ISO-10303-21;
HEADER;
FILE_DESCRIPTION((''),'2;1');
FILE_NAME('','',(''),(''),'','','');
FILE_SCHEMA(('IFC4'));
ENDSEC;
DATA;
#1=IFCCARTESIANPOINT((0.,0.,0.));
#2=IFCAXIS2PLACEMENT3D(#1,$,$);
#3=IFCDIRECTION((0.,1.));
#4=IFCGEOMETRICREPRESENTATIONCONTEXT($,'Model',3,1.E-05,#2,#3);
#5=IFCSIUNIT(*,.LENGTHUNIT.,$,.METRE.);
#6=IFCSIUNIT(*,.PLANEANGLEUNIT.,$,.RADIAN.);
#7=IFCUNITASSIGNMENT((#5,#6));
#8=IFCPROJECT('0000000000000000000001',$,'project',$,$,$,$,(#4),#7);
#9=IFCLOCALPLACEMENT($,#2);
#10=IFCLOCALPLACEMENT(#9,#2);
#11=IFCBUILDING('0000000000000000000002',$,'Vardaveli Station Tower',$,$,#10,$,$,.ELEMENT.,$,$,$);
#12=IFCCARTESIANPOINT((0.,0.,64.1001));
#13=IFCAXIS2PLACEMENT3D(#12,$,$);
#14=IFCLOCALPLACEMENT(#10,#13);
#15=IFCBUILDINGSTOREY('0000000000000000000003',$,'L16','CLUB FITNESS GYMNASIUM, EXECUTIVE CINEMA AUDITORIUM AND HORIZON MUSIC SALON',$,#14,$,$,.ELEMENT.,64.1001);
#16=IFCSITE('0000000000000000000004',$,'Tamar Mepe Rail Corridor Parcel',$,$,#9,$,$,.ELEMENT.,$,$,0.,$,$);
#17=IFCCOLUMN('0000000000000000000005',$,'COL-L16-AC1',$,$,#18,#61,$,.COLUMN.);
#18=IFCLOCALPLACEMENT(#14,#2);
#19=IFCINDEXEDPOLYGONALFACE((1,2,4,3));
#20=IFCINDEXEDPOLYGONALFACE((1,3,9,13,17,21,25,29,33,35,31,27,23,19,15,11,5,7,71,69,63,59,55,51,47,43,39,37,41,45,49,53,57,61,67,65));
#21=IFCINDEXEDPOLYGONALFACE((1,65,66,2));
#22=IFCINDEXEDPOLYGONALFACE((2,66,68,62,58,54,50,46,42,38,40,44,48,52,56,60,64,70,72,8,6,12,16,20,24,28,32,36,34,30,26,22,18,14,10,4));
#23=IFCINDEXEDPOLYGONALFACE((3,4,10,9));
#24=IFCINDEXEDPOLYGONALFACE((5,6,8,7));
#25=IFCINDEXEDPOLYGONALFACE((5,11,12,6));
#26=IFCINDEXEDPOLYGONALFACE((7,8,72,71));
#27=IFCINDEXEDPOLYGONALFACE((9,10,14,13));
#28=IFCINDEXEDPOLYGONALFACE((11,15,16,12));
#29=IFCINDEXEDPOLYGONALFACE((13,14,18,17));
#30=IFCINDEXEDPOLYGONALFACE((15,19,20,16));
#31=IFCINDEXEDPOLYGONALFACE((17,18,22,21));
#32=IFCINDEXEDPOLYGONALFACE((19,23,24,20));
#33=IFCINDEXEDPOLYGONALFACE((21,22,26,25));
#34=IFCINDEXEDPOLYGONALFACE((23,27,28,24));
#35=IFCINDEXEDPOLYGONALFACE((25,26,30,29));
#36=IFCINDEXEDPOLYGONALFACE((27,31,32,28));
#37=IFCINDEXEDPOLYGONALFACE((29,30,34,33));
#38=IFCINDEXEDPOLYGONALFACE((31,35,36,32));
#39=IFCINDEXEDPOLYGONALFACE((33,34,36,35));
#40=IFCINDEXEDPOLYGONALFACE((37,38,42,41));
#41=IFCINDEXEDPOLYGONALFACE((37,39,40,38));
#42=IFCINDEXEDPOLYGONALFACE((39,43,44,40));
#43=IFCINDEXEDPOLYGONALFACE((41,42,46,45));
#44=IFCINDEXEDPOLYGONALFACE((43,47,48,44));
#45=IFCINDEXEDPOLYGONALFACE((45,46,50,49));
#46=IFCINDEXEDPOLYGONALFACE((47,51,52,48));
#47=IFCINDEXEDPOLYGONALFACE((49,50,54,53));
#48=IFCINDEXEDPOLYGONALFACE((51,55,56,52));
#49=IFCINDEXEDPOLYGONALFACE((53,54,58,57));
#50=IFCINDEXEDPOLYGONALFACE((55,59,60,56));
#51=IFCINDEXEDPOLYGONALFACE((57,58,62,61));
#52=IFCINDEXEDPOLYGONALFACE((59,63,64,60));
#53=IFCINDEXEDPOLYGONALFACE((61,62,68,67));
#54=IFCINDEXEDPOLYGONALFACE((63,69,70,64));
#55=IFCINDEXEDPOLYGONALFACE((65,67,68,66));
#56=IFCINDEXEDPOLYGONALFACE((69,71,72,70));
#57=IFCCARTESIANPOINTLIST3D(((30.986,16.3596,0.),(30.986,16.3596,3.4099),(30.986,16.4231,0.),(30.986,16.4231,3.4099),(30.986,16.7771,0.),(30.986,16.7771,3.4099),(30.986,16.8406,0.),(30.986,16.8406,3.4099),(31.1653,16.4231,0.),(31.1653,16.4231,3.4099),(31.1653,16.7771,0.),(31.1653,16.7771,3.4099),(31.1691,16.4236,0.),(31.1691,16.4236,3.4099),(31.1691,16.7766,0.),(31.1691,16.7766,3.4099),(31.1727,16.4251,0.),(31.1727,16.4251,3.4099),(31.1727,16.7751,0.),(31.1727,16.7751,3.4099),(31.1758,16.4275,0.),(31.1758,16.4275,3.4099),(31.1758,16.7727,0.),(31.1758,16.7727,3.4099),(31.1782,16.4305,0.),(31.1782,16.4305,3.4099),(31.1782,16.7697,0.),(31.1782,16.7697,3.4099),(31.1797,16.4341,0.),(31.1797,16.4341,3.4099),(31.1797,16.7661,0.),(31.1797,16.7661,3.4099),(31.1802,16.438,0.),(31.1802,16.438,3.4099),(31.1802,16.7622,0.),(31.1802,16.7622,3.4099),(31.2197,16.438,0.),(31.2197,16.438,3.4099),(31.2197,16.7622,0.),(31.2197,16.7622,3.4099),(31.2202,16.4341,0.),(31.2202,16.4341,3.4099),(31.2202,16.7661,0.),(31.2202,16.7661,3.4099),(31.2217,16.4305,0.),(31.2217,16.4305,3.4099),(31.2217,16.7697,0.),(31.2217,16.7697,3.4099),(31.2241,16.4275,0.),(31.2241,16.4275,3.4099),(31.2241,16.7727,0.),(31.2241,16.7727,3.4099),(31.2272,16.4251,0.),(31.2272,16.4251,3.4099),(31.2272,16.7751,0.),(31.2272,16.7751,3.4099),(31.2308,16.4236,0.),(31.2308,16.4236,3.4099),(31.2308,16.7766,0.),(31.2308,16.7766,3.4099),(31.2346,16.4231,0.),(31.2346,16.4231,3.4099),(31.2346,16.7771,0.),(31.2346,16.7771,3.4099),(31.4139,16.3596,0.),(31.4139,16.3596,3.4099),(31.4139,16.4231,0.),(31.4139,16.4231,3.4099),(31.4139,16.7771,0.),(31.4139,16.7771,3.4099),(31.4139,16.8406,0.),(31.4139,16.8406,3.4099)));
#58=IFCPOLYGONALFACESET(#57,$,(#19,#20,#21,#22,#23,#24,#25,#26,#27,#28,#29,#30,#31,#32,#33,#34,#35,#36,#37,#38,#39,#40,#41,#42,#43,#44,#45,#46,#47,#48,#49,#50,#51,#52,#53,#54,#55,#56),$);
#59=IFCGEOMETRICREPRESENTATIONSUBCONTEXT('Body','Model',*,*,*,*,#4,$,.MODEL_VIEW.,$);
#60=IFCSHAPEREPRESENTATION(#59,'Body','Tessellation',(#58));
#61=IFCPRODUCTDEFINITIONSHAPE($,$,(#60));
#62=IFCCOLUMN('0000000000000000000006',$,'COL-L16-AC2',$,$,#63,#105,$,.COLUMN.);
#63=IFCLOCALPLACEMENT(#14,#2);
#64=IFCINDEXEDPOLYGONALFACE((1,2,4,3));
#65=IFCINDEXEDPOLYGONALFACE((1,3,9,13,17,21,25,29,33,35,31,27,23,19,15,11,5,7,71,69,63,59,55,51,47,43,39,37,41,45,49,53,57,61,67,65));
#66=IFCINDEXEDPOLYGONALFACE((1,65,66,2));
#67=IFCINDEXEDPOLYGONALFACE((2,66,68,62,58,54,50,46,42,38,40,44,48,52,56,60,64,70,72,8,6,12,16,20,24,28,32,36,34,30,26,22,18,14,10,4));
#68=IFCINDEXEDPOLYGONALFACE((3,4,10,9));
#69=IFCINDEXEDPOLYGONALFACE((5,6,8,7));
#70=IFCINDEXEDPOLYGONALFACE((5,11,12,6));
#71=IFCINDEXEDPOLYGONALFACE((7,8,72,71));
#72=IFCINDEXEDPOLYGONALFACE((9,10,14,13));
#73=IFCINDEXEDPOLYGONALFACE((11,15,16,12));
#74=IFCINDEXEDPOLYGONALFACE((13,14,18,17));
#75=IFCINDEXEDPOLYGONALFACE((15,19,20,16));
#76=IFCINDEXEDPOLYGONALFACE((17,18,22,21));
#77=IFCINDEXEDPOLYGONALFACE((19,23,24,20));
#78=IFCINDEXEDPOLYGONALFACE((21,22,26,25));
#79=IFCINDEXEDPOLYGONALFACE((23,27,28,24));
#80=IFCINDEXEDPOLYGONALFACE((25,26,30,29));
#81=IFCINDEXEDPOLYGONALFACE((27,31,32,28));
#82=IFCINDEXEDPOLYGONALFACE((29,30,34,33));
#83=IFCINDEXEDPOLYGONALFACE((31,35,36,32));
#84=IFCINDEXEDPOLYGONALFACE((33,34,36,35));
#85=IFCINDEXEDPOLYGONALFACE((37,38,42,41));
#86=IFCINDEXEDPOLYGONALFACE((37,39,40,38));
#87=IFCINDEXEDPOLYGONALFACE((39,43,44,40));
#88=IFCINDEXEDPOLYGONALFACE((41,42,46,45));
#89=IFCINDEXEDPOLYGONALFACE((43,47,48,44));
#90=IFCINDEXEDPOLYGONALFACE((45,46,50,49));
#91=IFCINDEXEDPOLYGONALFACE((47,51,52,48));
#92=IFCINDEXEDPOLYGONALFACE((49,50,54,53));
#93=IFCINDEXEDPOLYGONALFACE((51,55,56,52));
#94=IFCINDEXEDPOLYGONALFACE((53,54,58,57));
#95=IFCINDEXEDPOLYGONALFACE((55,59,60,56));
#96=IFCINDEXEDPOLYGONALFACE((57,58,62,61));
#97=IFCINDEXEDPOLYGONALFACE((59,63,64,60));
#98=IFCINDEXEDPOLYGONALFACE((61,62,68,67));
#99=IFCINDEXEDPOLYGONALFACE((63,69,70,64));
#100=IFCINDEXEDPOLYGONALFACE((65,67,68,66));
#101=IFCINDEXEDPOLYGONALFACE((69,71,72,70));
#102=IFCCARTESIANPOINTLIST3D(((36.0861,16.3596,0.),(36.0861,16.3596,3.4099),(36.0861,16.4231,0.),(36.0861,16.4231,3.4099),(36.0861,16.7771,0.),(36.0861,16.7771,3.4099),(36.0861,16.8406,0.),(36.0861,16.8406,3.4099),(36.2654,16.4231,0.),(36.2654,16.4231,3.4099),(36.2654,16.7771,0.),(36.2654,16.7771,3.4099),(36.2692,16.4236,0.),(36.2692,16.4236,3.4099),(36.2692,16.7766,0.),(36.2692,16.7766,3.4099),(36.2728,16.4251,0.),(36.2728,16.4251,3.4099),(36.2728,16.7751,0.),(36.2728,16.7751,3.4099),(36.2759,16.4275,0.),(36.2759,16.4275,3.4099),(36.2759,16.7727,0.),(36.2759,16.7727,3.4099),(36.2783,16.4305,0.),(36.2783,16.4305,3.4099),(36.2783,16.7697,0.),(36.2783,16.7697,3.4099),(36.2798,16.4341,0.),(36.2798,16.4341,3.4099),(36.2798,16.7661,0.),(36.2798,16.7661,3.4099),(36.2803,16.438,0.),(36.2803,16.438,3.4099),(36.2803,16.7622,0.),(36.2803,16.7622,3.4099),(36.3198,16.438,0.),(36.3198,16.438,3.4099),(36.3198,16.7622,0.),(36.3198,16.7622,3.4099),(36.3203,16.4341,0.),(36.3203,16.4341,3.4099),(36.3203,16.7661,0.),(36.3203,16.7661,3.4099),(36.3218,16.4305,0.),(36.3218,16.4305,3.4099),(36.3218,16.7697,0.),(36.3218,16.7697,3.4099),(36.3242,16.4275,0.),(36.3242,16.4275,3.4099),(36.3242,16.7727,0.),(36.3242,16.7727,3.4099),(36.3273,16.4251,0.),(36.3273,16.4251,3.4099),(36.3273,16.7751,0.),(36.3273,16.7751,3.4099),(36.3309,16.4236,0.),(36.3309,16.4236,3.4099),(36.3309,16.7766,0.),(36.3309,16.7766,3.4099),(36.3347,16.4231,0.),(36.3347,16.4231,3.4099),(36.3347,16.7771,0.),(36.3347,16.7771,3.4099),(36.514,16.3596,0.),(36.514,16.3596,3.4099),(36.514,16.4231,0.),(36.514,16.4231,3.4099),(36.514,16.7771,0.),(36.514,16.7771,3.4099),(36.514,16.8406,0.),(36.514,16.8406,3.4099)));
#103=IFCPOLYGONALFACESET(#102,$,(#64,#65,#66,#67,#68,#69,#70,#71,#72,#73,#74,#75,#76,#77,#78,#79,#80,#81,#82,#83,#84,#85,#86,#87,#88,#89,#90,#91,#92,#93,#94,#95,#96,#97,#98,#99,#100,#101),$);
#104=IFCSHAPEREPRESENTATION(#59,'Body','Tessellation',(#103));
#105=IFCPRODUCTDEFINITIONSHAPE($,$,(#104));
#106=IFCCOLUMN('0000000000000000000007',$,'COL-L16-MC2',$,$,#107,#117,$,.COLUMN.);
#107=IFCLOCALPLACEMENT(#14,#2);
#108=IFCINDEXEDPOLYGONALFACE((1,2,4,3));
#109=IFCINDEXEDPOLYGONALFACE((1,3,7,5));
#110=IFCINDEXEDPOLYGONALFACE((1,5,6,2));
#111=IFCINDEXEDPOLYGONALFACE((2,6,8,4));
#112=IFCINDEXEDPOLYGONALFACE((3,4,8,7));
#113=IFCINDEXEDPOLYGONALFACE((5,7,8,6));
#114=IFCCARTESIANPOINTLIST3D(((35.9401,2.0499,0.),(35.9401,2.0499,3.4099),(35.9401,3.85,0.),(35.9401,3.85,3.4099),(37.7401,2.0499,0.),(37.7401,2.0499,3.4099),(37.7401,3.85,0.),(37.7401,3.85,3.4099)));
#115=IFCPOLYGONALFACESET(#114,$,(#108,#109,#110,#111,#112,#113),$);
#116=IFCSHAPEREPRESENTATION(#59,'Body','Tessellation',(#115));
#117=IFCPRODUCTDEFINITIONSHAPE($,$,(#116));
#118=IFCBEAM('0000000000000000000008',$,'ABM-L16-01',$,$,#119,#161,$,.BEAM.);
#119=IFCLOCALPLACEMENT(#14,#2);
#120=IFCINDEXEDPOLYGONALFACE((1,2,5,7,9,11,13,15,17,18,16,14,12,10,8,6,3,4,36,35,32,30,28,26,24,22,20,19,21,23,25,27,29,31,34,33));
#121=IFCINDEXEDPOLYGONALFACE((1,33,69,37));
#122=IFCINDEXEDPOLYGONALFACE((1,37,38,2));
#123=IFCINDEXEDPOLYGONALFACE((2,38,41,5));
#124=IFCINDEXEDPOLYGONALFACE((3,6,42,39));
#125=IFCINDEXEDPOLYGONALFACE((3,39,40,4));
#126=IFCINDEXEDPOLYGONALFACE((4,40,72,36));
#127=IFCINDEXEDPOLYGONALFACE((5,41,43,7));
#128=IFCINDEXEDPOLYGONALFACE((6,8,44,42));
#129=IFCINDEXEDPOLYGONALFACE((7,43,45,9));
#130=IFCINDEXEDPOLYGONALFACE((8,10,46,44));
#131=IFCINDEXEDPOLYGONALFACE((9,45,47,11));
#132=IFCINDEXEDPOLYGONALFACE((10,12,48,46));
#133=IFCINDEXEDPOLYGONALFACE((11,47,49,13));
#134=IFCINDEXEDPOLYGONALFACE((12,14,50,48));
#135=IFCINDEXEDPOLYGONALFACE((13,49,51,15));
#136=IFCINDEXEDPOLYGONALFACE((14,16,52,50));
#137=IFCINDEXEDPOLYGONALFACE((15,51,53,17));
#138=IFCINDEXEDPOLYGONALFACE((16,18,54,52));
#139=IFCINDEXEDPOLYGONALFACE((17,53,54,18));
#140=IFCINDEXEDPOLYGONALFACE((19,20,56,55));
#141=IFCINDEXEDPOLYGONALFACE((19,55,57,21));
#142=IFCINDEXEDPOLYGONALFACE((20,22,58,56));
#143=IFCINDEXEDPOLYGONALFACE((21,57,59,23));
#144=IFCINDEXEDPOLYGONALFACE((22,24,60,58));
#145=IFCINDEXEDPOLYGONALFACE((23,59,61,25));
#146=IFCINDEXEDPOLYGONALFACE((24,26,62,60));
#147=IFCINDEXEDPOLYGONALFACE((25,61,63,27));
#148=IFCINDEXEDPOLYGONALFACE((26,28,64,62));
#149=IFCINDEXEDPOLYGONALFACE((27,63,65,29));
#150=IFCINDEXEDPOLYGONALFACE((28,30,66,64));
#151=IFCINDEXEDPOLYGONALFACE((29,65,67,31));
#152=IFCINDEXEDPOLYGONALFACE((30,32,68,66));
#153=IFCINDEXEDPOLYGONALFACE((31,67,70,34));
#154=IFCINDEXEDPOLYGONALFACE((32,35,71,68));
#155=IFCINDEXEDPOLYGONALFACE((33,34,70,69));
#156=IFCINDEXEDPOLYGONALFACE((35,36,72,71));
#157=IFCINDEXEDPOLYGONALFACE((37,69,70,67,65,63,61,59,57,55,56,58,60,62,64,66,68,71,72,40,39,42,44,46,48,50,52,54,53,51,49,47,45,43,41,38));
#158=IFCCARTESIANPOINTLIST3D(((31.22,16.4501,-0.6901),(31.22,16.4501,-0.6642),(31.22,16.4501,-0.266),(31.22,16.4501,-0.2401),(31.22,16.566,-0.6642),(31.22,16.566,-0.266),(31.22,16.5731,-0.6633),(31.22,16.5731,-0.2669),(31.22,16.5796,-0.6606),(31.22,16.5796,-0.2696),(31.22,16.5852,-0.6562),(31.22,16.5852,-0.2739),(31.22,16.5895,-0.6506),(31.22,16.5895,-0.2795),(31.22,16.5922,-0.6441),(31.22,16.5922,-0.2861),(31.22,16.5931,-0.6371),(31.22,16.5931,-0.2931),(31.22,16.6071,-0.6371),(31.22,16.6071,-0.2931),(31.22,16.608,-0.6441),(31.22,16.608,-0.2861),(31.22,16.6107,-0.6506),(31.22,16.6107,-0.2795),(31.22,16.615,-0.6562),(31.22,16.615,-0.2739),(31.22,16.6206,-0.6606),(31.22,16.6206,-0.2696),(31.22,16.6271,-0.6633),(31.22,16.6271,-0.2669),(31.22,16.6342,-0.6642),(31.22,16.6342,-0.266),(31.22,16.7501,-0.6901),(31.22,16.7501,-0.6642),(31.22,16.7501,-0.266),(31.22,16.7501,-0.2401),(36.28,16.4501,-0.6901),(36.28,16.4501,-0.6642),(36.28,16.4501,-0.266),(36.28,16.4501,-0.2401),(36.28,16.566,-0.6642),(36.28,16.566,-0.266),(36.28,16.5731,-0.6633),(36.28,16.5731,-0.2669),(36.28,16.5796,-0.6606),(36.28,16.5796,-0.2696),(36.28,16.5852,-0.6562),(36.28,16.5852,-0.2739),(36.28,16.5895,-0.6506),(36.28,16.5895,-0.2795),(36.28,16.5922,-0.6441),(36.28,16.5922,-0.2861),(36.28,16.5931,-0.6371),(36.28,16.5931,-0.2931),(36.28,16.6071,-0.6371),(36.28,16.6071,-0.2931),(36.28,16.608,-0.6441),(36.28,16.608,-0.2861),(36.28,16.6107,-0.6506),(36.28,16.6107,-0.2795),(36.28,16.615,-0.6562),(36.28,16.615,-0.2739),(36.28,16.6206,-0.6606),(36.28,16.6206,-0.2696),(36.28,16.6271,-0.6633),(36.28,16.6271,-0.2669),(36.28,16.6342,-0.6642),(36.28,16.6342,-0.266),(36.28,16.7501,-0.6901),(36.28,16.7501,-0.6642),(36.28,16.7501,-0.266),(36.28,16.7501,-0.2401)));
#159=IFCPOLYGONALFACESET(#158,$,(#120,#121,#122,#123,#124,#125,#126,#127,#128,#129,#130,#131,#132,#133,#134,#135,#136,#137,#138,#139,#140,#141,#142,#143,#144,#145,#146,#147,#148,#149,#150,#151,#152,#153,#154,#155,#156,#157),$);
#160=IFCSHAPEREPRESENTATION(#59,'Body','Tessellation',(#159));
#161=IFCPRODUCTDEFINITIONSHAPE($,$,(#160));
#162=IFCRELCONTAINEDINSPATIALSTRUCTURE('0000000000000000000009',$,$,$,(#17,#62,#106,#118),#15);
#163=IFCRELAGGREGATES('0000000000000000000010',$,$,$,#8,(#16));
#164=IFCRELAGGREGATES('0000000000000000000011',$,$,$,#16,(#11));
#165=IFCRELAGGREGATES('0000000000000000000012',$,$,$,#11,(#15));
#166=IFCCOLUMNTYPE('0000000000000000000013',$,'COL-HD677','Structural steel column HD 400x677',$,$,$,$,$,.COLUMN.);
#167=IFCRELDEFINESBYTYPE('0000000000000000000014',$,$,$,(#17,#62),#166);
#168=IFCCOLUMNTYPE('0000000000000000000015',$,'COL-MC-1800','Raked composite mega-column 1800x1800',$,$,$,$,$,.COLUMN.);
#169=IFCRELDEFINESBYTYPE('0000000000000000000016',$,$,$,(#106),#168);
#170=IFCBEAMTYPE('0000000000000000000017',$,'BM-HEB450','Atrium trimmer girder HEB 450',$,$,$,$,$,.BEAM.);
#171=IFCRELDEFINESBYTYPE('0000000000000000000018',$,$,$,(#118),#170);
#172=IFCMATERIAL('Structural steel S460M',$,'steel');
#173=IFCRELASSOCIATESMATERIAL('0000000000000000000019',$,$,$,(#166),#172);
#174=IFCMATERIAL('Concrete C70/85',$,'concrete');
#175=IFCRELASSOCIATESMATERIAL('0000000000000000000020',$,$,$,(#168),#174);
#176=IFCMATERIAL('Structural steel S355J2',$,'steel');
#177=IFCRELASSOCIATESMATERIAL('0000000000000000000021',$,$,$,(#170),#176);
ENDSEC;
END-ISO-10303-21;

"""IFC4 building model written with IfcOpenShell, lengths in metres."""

from ifc_helpers import new_model, si_unit, direction, frame, origin, origin_2d, place, context, subcontext, project, spatial, rectangle, i_section, extrude, source, transform, mapped, material, material_profile, profile_set, type_object, element, save


model = new_model("IFC4")

# Units and contexts
model_context = context("Model", 3, precision=1e-05, world=origin(), true_north=direction((0.0, 1.0)))
body_context = subcontext(model_context, "Body", "Model", "MODEL_VIEW")
ifc_project = project(units=[si_unit("LENGTHUNIT", "METRE"), si_unit("PLANEANGLEUNIT", "RADIAN")], contexts=[model_context])

# Site, building, storey
site_placement = place(None, origin())
site = spatial("IfcSite", under=ifc_project, at=site_placement, Name="Tamar Mepe Rail Corridor Parcel", CompositionType="ELEMENT", RefElevation=0.0)
building_placement = place(site_placement, origin())
building = spatial("IfcBuilding", under=site, at=building_placement, Name="Vardaveli Station Tower", CompositionType="ELEMENT")
storey_placement = place(building_placement, frame((0.0, 0.0, 64.1001)))
storey = spatial("IfcBuildingStorey", under=building, at=storey_placement, Name="L16", Description="CLUB FITNESS GYMNASIUM, EXECUTIVE CINEMA AUDITORIUM AND HORIZON MUSIC SALON", CompositionType="ELEMENT", Elevation=64.1001)

# Columns
ifc_material_1 = material(Name="Structural steel S460M", Category="steel")
ifc_material_profile_1 = material_profile(ifc_material_1, i_section(OverallWidth=0.428, OverallDepth=0.481, WebThickness=0.0396, FlangeThickness=0.0635, FilletRadius=0.0149, at=origin_2d()), Name="HD 400x677")
ifc_profile_set_1 = profile_set([ifc_material_profile_1], Name="Structural steel S460M")
column_type_1 = type_object("IfcColumnType", Name="COL-HD677", Description="Structural steel column HD 400x677", PredefinedType="COLUMN", material=ifc_profile_set_1)
shared_shape_1 = source(origin(), body_context, "Body", "SweptSolid", [
    extrude(i_section(OverallWidth=0.428, OverallDepth=0.481, WebThickness=0.0396, FlangeThickness=0.0635, FilletRadius=0.0149, at=origin_2d()), origin(), (0.0, 0.0, 1.0), 3.4099),
])
for number, where, z_axis, x_axis, name in (
    (1, (31.2, 16.6001, 0.0), (0.0, 0.0, 1.0), (1.0, 0.0, 0.0), "COL-L16-AC1"),
    (2, (36.3, 16.6001, 0.0), (0.0, 0.0, 1.0), (1.0, 0.0, 0.0), "COL-L16-AC2"),
):
    element("IfcColumn", number, at=place(storey_placement, frame(where, z_axis=z_axis, x_axis=x_axis)), inside=storey, type_object=column_type_1, Name=name, PredefinedType="COLUMN", context=body_context, shape_type="MappedRepresentation", body=[
        mapped(shared_shape_1, transform((0.0, 0.0, 0.0), scale=1.0)),
    ])
ifc_material_2 = material(Name="Concrete C70/85", Category="concrete")
ifc_material_profile_2 = material_profile(ifc_material_2, rectangle(XDim=1.8, YDim=1.8, at=origin_2d()), Name="MC 1800x1800")
ifc_profile_set_2 = profile_set([ifc_material_profile_2], Name="Concrete C70/85")
column_type_2 = type_object("IfcColumnType", Name="COL-MC-1800", Description="Raked composite mega-column 1800x1800", PredefinedType="COLUMN", material=ifc_profile_set_2)
shared_shape_2 = source(origin(), body_context, "Body", "SweptSolid", [
    extrude(rectangle(XDim=1.8, YDim=1.8, at=origin_2d()), origin(), (0.0, 0.0, 1.0), 3.4099),
])
column_placement = place(storey_placement, frame((36.8401, 2.95, 0.0), z_axis=(0.0, 0.0, 1.0), x_axis=(1.0, 0.0, 0.0)))
element("IfcColumn", 3, at=column_placement, inside=storey, type_object=column_type_2, Name="COL-L16-MC2", PredefinedType="COLUMN", context=body_context, shape_type="MappedRepresentation", body=[
    mapped(shared_shape_2, transform((0.0, 0.0, 0.0), scale=1.0)),
])

# Beam
ifc_material_3 = material(Name="Structural steel S355J2", Category="steel")
ifc_material_profile_3 = material_profile(ifc_material_3, i_section(OverallWidth=0.3, OverallDepth=0.45, WebThickness=0.0139, FlangeThickness=0.0259, FilletRadius=0.0271, at=origin_2d()), Name="HEB 450")
ifc_profile_set_3 = profile_set([ifc_material_profile_3], Name="Structural steel S355J2")
beam_type_1 = type_object("IfcBeamType", Name="BM-HEB450", Description="Atrium trimmer girder HEB 450", PredefinedType="BEAM", material=ifc_profile_set_3)
shared_shape_3 = source(origin(), body_context, "Body", "SweptSolid", [
    extrude(i_section(OverallWidth=0.3, OverallDepth=0.45, WebThickness=0.0139, FlangeThickness=0.0259, FilletRadius=0.0271, at=origin_2d()), origin(), (0.0, 0.0, 1.0), 5.0601),
])
beam_1_placement = place(storey_placement, frame((31.22, 16.6001, -0.4651), z_axis=(1.0, 0.0, 0.0), x_axis=(0.0, 1.0, 0.0)))
element("IfcBeam", 4, at=beam_1_placement, inside=storey, type_object=beam_type_1, Name="ABM-L16-01", PredefinedType="BEAM", context=body_context, shape_type="MappedRepresentation", body=[
    mapped(shared_shape_3, transform((0.0, 0.0, 0.0), scale=1.0)),
])

save(model, "model.ifc")
